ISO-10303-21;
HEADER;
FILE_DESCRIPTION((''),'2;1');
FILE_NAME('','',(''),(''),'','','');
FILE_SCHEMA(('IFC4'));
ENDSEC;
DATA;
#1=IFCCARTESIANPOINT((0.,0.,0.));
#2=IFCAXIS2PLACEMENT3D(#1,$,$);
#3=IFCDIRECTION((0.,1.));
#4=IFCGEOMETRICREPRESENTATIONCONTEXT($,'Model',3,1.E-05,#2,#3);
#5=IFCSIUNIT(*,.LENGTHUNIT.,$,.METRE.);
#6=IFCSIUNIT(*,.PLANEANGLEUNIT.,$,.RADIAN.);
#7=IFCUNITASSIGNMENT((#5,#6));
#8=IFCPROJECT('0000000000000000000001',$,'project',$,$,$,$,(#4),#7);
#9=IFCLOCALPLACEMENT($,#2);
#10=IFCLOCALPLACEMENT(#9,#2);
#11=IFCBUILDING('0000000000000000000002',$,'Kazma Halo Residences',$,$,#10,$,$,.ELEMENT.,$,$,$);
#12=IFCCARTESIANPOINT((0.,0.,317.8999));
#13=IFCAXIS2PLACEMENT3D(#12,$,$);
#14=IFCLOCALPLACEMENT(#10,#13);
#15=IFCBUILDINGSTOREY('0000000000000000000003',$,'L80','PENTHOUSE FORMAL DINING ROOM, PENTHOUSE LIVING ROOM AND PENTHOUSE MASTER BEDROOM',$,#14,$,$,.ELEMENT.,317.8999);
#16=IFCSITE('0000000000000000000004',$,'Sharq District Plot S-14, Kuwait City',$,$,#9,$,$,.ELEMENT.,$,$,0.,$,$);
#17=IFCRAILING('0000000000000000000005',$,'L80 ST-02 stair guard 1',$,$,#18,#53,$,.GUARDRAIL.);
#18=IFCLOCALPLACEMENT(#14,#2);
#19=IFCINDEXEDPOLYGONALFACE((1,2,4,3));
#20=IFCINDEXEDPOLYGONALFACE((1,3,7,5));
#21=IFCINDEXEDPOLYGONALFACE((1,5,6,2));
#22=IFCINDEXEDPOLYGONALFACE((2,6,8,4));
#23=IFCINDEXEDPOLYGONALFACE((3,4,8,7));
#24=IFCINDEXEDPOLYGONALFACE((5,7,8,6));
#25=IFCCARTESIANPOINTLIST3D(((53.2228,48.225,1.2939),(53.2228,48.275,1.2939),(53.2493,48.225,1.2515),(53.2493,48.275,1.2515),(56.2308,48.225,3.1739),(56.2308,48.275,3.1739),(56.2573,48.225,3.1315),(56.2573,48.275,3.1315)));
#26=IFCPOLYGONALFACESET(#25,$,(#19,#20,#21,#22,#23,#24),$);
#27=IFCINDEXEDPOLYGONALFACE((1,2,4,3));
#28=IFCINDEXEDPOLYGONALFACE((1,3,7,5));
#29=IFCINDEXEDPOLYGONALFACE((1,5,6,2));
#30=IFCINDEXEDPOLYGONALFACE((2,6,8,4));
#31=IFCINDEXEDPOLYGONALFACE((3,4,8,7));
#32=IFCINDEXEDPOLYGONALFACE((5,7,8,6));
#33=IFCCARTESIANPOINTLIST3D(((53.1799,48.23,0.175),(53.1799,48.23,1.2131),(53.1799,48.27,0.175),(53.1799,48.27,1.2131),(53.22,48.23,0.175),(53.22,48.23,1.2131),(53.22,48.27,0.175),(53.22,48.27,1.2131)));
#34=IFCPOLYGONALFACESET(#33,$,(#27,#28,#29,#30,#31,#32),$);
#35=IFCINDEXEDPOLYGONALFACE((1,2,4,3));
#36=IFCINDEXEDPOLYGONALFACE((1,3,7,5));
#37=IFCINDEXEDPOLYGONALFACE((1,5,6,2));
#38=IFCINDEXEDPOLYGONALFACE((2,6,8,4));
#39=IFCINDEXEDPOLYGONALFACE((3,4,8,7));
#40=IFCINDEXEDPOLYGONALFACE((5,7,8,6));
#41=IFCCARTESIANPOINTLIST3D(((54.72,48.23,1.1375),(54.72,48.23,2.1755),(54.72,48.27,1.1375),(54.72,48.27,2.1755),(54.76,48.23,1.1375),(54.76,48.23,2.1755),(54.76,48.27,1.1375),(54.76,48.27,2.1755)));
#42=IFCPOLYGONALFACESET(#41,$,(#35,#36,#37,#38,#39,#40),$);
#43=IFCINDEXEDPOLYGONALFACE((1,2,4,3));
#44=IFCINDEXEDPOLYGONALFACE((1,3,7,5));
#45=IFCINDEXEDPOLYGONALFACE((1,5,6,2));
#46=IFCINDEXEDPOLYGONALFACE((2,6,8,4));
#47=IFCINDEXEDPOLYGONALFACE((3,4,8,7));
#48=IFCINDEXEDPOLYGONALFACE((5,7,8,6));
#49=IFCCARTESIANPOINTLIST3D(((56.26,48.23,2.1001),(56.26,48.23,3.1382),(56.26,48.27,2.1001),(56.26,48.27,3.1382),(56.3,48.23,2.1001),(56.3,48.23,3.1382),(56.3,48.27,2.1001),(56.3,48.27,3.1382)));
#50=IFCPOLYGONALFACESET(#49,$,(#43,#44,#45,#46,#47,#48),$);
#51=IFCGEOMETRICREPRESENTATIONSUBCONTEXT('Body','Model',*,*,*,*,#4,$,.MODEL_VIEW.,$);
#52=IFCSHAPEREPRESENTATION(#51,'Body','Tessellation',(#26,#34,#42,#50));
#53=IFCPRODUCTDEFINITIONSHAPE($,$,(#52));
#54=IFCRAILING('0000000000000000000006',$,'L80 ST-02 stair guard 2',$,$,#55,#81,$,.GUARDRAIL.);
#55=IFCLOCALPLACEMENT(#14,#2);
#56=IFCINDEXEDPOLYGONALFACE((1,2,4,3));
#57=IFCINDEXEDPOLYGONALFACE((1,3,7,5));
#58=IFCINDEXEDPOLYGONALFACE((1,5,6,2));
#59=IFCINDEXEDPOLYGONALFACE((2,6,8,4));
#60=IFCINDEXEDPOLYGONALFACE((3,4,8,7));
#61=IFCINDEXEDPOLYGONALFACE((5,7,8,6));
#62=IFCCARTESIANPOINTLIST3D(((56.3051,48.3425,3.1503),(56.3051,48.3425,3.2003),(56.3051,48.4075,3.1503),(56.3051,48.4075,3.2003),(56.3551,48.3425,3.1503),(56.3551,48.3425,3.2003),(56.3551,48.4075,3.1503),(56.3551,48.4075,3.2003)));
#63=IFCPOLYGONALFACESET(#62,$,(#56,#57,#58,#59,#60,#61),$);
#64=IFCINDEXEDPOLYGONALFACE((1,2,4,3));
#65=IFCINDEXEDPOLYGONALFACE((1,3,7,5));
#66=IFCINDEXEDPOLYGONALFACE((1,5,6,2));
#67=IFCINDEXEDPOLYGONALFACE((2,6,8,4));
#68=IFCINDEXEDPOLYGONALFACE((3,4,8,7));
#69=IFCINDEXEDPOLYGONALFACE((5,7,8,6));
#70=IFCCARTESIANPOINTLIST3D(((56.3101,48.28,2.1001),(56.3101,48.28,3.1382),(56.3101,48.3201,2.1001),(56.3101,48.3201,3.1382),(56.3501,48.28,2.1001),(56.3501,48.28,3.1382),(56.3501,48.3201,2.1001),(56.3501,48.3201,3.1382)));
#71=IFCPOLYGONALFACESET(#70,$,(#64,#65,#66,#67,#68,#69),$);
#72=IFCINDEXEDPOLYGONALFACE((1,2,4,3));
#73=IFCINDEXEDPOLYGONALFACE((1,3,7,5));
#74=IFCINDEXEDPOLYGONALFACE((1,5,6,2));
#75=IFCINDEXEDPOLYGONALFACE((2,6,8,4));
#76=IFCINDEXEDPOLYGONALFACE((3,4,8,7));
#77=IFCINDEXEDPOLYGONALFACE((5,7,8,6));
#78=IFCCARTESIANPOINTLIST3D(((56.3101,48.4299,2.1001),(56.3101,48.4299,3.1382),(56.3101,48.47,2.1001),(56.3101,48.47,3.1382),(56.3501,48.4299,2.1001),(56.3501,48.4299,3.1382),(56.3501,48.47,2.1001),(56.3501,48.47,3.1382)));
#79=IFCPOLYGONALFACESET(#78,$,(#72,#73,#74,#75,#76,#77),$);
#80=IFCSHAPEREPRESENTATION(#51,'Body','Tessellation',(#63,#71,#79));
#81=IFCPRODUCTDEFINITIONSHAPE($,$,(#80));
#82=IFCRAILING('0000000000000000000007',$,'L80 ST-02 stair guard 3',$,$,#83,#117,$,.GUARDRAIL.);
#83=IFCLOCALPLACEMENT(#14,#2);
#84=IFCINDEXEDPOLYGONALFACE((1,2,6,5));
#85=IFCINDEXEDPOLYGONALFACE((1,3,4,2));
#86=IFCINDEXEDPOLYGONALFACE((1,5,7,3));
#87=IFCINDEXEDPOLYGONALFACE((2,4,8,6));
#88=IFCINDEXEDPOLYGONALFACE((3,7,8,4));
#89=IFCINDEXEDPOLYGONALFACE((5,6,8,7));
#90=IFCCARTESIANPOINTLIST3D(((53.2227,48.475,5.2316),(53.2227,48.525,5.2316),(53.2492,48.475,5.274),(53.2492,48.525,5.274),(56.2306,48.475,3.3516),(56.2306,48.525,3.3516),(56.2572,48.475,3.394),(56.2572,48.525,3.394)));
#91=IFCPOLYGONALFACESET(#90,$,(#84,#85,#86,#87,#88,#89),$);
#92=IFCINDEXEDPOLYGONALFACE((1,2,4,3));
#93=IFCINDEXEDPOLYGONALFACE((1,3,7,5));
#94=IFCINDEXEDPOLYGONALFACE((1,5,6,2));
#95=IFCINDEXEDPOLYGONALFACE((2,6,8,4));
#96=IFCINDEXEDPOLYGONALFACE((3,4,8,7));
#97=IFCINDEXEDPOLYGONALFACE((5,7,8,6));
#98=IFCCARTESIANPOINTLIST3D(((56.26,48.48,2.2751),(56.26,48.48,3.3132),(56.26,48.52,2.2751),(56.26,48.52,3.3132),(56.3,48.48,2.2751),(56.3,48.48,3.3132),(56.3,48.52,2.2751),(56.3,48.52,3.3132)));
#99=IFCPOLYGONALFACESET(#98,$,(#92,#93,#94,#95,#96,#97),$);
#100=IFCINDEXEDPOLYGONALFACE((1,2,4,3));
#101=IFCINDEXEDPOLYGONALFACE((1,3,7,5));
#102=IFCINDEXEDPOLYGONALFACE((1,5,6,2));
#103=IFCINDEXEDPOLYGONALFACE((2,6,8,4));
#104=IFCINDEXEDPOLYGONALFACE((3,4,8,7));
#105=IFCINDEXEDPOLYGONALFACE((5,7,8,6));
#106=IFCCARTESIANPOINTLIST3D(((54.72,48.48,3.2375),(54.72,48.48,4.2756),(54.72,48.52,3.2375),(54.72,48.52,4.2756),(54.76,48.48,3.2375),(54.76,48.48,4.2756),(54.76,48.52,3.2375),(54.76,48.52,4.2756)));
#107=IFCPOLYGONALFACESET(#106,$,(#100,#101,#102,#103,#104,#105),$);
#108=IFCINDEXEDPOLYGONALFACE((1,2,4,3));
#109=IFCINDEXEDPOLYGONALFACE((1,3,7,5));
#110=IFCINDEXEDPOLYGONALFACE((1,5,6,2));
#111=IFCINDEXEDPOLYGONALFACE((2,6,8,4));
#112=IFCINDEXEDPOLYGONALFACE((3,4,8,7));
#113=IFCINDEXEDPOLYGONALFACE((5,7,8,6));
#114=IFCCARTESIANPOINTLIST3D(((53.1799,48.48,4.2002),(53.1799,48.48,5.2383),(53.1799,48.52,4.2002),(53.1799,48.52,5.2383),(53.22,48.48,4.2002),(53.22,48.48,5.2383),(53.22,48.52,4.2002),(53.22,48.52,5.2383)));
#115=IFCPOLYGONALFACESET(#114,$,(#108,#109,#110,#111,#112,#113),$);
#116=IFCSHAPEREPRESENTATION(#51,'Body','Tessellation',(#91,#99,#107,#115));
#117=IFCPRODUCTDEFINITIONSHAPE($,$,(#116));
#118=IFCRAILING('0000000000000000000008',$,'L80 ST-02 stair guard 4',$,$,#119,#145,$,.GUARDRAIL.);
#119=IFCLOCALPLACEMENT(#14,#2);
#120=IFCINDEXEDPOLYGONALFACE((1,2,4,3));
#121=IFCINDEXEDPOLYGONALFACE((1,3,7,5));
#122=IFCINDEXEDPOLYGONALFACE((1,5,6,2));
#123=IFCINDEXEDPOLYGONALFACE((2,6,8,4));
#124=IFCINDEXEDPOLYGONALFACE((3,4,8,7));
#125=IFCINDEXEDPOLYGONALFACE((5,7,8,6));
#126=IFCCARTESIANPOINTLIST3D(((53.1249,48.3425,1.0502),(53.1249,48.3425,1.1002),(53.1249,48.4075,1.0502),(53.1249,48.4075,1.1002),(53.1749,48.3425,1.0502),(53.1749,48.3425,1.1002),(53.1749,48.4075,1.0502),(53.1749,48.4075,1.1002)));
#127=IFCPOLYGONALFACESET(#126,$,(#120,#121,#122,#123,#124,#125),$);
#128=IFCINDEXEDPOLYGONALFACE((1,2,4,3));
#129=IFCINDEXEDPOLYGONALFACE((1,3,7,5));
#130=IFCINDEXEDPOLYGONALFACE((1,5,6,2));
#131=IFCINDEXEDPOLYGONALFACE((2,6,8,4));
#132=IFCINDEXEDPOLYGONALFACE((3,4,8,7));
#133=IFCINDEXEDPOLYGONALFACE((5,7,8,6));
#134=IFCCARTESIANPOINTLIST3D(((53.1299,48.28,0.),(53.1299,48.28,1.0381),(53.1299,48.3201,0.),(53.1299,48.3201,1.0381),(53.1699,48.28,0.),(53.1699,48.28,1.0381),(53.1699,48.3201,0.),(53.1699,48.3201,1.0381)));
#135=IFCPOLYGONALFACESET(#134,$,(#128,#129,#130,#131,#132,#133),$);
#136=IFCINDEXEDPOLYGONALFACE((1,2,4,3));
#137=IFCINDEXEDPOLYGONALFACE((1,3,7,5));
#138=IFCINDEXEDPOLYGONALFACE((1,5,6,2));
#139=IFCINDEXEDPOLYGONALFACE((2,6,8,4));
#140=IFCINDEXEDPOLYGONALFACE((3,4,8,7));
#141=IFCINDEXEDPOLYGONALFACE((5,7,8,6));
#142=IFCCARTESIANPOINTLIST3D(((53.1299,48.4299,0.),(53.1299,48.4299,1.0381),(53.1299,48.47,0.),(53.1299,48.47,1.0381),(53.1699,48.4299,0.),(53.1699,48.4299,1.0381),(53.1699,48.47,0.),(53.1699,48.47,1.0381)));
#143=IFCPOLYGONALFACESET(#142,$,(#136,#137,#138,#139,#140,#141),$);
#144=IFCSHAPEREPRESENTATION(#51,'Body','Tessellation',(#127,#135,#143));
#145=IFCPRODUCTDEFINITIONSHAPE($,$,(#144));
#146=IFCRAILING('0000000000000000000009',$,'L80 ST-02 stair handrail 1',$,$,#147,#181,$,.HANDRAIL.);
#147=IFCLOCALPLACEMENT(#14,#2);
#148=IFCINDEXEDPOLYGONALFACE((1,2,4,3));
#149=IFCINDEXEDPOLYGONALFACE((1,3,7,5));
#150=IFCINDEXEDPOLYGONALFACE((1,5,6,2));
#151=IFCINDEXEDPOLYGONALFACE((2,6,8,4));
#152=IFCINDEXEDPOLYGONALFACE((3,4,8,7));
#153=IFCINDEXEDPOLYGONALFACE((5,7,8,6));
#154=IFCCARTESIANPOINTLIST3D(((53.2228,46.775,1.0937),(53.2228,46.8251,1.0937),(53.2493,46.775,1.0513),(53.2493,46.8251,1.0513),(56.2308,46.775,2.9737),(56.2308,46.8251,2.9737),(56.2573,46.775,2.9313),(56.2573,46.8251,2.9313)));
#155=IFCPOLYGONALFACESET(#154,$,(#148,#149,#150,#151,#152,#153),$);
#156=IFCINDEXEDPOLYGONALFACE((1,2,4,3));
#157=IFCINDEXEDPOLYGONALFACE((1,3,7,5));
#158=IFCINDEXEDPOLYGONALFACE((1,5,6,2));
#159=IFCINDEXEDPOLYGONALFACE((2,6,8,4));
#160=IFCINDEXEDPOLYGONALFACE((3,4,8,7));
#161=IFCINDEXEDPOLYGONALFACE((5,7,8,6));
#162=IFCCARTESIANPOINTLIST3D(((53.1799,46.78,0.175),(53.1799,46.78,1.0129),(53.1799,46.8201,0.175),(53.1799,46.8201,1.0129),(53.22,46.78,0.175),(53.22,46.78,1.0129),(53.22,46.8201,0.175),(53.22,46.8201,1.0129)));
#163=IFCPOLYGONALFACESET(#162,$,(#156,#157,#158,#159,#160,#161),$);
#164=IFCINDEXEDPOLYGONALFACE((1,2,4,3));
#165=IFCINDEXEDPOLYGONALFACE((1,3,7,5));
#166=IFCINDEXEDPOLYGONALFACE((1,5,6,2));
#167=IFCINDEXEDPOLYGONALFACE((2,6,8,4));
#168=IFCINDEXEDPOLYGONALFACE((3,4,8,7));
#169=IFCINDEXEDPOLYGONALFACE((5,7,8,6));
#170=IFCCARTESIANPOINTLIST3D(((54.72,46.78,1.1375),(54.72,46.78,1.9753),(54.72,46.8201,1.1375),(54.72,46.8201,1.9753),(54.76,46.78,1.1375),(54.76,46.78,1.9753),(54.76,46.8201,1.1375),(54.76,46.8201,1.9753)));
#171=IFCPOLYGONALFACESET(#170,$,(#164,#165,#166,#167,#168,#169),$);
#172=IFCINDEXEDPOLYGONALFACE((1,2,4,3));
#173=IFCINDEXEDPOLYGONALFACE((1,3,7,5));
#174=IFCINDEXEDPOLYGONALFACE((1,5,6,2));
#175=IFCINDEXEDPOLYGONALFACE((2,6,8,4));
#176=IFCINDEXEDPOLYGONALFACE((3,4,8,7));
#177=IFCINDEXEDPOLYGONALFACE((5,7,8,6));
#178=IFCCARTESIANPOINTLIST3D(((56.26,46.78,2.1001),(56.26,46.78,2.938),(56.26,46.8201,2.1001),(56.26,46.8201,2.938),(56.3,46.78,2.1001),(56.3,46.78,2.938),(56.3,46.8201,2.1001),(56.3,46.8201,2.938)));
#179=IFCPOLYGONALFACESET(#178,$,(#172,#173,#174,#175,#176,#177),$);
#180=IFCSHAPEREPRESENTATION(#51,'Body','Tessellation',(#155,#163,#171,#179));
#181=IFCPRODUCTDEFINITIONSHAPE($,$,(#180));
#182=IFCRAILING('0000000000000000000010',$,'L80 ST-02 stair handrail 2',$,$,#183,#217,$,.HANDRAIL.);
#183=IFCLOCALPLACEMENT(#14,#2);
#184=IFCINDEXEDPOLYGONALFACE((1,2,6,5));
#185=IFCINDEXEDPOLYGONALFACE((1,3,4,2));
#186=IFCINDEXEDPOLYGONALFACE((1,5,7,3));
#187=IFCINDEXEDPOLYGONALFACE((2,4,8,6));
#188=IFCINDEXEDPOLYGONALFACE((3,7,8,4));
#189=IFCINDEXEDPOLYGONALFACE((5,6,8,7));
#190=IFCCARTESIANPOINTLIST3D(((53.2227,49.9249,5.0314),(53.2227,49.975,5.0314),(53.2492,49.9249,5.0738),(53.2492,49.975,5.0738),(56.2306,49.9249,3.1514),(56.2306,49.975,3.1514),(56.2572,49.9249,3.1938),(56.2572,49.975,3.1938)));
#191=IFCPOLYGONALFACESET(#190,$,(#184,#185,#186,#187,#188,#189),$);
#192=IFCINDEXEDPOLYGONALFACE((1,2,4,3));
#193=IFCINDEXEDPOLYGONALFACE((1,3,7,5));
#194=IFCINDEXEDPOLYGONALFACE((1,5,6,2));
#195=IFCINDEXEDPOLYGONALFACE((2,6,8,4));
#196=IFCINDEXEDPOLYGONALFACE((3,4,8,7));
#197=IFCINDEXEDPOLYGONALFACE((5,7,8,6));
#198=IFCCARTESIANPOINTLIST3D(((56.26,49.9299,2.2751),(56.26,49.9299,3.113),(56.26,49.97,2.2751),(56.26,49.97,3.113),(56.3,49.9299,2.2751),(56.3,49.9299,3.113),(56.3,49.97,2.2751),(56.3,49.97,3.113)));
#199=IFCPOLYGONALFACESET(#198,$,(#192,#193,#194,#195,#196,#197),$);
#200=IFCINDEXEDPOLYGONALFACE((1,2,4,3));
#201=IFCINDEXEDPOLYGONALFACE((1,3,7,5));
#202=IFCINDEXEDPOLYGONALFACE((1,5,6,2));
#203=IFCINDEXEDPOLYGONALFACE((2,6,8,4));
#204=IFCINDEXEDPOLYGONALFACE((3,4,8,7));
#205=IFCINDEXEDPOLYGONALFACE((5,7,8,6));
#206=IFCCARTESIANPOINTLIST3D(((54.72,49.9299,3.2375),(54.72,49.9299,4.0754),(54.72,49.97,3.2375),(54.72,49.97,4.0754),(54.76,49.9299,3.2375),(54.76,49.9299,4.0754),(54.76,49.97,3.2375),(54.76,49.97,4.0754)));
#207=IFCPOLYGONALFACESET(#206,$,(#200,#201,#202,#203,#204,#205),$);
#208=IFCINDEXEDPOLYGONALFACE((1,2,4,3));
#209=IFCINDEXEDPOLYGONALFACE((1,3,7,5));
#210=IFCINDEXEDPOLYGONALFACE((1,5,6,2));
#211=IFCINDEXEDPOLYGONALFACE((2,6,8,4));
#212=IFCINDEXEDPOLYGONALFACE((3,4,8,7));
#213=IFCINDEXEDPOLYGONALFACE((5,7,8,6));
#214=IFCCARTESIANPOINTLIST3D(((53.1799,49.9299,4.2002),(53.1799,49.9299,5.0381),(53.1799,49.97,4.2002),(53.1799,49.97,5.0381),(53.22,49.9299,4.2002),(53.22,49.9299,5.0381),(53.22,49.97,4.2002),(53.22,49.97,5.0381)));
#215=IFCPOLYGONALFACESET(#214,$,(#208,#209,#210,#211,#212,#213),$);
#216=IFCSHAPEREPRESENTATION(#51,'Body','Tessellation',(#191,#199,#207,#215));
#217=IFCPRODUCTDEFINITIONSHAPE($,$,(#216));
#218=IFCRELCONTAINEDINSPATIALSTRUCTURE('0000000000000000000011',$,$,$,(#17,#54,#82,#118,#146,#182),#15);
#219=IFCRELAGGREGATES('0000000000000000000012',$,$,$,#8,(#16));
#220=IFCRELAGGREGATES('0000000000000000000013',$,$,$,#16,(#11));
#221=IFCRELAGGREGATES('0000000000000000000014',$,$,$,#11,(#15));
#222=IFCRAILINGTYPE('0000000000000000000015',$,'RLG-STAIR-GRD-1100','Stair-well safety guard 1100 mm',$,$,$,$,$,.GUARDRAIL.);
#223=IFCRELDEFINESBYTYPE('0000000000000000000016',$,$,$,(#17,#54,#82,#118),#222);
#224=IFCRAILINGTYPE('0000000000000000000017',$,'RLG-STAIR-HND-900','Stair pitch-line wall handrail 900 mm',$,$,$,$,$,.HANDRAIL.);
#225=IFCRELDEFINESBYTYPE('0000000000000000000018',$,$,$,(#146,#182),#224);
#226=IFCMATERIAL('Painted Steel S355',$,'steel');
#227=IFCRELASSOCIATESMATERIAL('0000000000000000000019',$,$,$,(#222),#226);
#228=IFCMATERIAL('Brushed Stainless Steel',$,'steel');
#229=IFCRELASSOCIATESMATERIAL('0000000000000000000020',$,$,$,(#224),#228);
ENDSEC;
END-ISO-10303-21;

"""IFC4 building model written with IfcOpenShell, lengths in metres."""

from ifc_helpers import new_model, si_unit, direction, frame, origin, origin_2d, place, context, subcontext, project, spatial, rectangle, extrude, material, type_object, element, save


model = new_model("IFC4")

# Units and contexts
model_context = context("Model", 3, precision=1e-05, world=origin(), true_north=direction((0.0, 1.0)))
body_context = subcontext(model_context, "Body", "Model", "MODEL_VIEW")
ifc_project = project(units=[si_unit("LENGTHUNIT", "METRE"), si_unit("PLANEANGLEUNIT", "RADIAN")], contexts=[model_context])

# Site, building, storey
site_placement = place(None, origin())
site = spatial("IfcSite", under=ifc_project, at=site_placement, Name="Sharq District Plot S-14, Kuwait City", CompositionType="ELEMENT", RefElevation=0.0)
building_placement = place(site_placement, origin())
building = spatial("IfcBuilding", under=site, at=building_placement, Name="Kazma Halo Residences", CompositionType="ELEMENT")
storey_placement = place(building_placement, frame((0.0, 0.0, 317.8999)))
storey = spatial("IfcBuildingStorey", under=building, at=storey_placement, Name="L80", Description="PENTHOUSE FORMAL DINING ROOM, PENTHOUSE LIVING ROOM AND PENTHOUSE MASTER BEDROOM", CompositionType="ELEMENT", Elevation=317.8999)

# Railings
ifc_material_1 = material(Name="Painted Steel S355", Category="steel")
railing_type_1 = type_object("IfcRailingType", Name="RLG-STAIR-GRD-1100", Description="Stair-well safety guard 1100 mm", PredefinedType="GUARDRAIL", material=ifc_material_1)
railing_1_placement = place(storey_placement, frame((53.2, 48.25, 0.175)))
element("IfcRailing", 1, at=railing_1_placement, inside=storey, type_object=railing_type_1, Name="L80 ST-02 stair guard 1", PredefinedType="GUARDRAIL", context=body_context, shape_type="SweptSolid", body=[
    extrude(rectangle(XDim=0.05, YDim=0.05, at=origin_2d()), frame((0.0361, 0.0, 1.0977), z_axis=(0.847998, 0.0, 0.529999), x_axis=(0.0, 1.0, 0.0)), (0.0, 0.0, 1.0), 3.5471),
    extrude(rectangle(XDim=0.04, YDim=0.04, at=origin_2d()), origin(), (0.0, 0.0, 1.0), 1.0381),
    extrude(rectangle(XDim=0.04, YDim=0.04, at=origin_2d()), frame((1.54, 0.0, 0.9624)), (0.0, 0.0, 1.0), 1.0381),
    extrude(rectangle(XDim=0.04, YDim=0.04, at=origin_2d()), frame((3.0801, 0.0, 1.925)), (0.0, 0.0, 1.0), 1.0381),
])
railing_2_placement = place(storey_placement, frame((56.3301, 48.3, 2.1001)))
element("IfcRailing", 2, at=railing_2_placement, inside=storey, type_object=railing_type_1, Name="L80 ST-02 stair guard 2", PredefinedType="GUARDRAIL", context=body_context, shape_type="SweptSolid", body=[
    extrude(rectangle(XDim=0.05, YDim=0.05, at=origin_2d()), frame((0.0, 0.0425, 1.0752), z_axis=(0.0, 1.0, 0.0), x_axis=(-1.0, 0.0, 0.0)), (0.0, 0.0, 1.0), 0.0649),
    extrude(rectangle(XDim=0.04, YDim=0.04, at=origin_2d()), origin(), (0.0, 0.0, 1.0), 1.0381),
    extrude(rectangle(XDim=0.04, YDim=0.04, at=origin_2d()), frame((0.0, 0.1499, 0.0)), (0.0, 0.0, 1.0), 1.0381),
])
railing_3_placement = place(storey_placement, frame((56.28, 48.5, 2.2751)))
element("IfcRailing", 3, at=railing_3_placement, inside=storey, type_object=railing_type_1, Name="L80 ST-02 stair guard 3", PredefinedType="GUARDRAIL", context=body_context, shape_type="SweptSolid", body=[
    extrude(rectangle(XDim=0.05, YDim=0.05, at=origin_2d()), frame((-0.0361, 0.0, 1.0977), z_axis=(-0.847998, 0.0, 0.529999), x_axis=(0.0, -1.0, 0.0)), (0.0, 0.0, 1.0), 3.5471),
    extrude(rectangle(XDim=0.04, YDim=0.04, at=origin_2d()), origin(), (0.0, 0.0, 1.0), 1.0381),
    extrude(rectangle(XDim=0.04, YDim=0.04, at=origin_2d()), frame((-1.54, 0.0, 0.9624)), (0.0, 0.0, 1.0), 1.0381),
    extrude(rectangle(XDim=0.04, YDim=0.04, at=origin_2d()), frame((-3.0801, 0.0, 1.925)), (0.0, 0.0, 1.0), 1.0381),
])
railing_4_placement = place(storey_placement, frame((53.1499, 48.3, 0.0)))
element("IfcRailing", 4, at=railing_4_placement, inside=storey, type_object=railing_type_1, Name="L80 ST-02 stair guard 4", PredefinedType="GUARDRAIL", context=body_context, shape_type="SweptSolid", body=[
    extrude(rectangle(XDim=0.05, YDim=0.05, at=origin_2d()), frame((0.0, 0.0425, 1.0752), z_axis=(0.0, 1.0, 0.0), x_axis=(-1.0, 0.0, 0.0)), (0.0, 0.0, 1.0), 0.0649),
    extrude(rectangle(XDim=0.04, YDim=0.04, at=origin_2d()), origin(), (0.0, 0.0, 1.0), 1.0381),
    extrude(rectangle(XDim=0.04, YDim=0.04, at=origin_2d()), frame((0.0, 0.1499, 0.0)), (0.0, 0.0, 1.0), 1.0381),
])
ifc_material_2 = material(Name="Brushed Stainless Steel", Category="steel")
railing_type_2 = type_object("IfcRailingType", Name="RLG-STAIR-HND-900", Description="Stair pitch-line wall handrail 900 mm", PredefinedType="HANDRAIL", material=ifc_material_2)
railing_5_placement = place(storey_placement, frame((53.2, 46.8, 0.175)))
element("IfcRailing", 5, at=railing_5_placement, inside=storey, type_object=railing_type_2, Name="L80 ST-02 stair handrail 1", PredefinedType="HANDRAIL", context=body_context, shape_type="SweptSolid", body=[
    extrude(rectangle(XDim=0.05, YDim=0.05, at=origin_2d()), frame((0.0361, 0.0, 0.8975), z_axis=(0.847998, 0.0, 0.529999), x_axis=(0.0, 1.0, 0.0)), (0.0, 0.0, 1.0), 3.5471),
    extrude(rectangle(XDim=0.04, YDim=0.04, at=origin_2d()), origin(), (0.0, 0.0, 1.0), 0.8379),
    extrude(rectangle(XDim=0.04, YDim=0.04, at=origin_2d()), frame((1.54, 0.0, 0.9624)), (0.0, 0.0, 1.0), 0.8379),
    extrude(rectangle(XDim=0.04, YDim=0.04, at=origin_2d()), frame((3.0801, 0.0, 1.925)), (0.0, 0.0, 1.0), 0.8379),
])
railing_6_placement = place(storey_placement, frame((56.28, 49.95, 2.2751)))
element("IfcRailing", 6, at=railing_6_placement, inside=storey, type_object=railing_type_2, Name="L80 ST-02 stair handrail 2", PredefinedType="HANDRAIL", context=body_context, shape_type="SweptSolid", body=[
    extrude(rectangle(XDim=0.05, YDim=0.05, at=origin_2d()), frame((-0.0361, 0.0, 0.8975), z_axis=(-0.847998, 0.0, 0.529999), x_axis=(0.0, -1.0, 0.0)), (0.0, 0.0, 1.0), 3.5471),
    extrude(rectangle(XDim=0.04, YDim=0.04, at=origin_2d()), origin(), (0.0, 0.0, 1.0), 0.8379),
    extrude(rectangle(XDim=0.04, YDim=0.04, at=origin_2d()), frame((-1.54, 0.0, 0.9624)), (0.0, 0.0, 1.0), 0.8379),
    extrude(rectangle(XDim=0.04, YDim=0.04, at=origin_2d()), frame((-3.0801, 0.0, 1.925)), (0.0, 0.0, 1.0), 0.8379),
])

save(model, "model.ifc")
